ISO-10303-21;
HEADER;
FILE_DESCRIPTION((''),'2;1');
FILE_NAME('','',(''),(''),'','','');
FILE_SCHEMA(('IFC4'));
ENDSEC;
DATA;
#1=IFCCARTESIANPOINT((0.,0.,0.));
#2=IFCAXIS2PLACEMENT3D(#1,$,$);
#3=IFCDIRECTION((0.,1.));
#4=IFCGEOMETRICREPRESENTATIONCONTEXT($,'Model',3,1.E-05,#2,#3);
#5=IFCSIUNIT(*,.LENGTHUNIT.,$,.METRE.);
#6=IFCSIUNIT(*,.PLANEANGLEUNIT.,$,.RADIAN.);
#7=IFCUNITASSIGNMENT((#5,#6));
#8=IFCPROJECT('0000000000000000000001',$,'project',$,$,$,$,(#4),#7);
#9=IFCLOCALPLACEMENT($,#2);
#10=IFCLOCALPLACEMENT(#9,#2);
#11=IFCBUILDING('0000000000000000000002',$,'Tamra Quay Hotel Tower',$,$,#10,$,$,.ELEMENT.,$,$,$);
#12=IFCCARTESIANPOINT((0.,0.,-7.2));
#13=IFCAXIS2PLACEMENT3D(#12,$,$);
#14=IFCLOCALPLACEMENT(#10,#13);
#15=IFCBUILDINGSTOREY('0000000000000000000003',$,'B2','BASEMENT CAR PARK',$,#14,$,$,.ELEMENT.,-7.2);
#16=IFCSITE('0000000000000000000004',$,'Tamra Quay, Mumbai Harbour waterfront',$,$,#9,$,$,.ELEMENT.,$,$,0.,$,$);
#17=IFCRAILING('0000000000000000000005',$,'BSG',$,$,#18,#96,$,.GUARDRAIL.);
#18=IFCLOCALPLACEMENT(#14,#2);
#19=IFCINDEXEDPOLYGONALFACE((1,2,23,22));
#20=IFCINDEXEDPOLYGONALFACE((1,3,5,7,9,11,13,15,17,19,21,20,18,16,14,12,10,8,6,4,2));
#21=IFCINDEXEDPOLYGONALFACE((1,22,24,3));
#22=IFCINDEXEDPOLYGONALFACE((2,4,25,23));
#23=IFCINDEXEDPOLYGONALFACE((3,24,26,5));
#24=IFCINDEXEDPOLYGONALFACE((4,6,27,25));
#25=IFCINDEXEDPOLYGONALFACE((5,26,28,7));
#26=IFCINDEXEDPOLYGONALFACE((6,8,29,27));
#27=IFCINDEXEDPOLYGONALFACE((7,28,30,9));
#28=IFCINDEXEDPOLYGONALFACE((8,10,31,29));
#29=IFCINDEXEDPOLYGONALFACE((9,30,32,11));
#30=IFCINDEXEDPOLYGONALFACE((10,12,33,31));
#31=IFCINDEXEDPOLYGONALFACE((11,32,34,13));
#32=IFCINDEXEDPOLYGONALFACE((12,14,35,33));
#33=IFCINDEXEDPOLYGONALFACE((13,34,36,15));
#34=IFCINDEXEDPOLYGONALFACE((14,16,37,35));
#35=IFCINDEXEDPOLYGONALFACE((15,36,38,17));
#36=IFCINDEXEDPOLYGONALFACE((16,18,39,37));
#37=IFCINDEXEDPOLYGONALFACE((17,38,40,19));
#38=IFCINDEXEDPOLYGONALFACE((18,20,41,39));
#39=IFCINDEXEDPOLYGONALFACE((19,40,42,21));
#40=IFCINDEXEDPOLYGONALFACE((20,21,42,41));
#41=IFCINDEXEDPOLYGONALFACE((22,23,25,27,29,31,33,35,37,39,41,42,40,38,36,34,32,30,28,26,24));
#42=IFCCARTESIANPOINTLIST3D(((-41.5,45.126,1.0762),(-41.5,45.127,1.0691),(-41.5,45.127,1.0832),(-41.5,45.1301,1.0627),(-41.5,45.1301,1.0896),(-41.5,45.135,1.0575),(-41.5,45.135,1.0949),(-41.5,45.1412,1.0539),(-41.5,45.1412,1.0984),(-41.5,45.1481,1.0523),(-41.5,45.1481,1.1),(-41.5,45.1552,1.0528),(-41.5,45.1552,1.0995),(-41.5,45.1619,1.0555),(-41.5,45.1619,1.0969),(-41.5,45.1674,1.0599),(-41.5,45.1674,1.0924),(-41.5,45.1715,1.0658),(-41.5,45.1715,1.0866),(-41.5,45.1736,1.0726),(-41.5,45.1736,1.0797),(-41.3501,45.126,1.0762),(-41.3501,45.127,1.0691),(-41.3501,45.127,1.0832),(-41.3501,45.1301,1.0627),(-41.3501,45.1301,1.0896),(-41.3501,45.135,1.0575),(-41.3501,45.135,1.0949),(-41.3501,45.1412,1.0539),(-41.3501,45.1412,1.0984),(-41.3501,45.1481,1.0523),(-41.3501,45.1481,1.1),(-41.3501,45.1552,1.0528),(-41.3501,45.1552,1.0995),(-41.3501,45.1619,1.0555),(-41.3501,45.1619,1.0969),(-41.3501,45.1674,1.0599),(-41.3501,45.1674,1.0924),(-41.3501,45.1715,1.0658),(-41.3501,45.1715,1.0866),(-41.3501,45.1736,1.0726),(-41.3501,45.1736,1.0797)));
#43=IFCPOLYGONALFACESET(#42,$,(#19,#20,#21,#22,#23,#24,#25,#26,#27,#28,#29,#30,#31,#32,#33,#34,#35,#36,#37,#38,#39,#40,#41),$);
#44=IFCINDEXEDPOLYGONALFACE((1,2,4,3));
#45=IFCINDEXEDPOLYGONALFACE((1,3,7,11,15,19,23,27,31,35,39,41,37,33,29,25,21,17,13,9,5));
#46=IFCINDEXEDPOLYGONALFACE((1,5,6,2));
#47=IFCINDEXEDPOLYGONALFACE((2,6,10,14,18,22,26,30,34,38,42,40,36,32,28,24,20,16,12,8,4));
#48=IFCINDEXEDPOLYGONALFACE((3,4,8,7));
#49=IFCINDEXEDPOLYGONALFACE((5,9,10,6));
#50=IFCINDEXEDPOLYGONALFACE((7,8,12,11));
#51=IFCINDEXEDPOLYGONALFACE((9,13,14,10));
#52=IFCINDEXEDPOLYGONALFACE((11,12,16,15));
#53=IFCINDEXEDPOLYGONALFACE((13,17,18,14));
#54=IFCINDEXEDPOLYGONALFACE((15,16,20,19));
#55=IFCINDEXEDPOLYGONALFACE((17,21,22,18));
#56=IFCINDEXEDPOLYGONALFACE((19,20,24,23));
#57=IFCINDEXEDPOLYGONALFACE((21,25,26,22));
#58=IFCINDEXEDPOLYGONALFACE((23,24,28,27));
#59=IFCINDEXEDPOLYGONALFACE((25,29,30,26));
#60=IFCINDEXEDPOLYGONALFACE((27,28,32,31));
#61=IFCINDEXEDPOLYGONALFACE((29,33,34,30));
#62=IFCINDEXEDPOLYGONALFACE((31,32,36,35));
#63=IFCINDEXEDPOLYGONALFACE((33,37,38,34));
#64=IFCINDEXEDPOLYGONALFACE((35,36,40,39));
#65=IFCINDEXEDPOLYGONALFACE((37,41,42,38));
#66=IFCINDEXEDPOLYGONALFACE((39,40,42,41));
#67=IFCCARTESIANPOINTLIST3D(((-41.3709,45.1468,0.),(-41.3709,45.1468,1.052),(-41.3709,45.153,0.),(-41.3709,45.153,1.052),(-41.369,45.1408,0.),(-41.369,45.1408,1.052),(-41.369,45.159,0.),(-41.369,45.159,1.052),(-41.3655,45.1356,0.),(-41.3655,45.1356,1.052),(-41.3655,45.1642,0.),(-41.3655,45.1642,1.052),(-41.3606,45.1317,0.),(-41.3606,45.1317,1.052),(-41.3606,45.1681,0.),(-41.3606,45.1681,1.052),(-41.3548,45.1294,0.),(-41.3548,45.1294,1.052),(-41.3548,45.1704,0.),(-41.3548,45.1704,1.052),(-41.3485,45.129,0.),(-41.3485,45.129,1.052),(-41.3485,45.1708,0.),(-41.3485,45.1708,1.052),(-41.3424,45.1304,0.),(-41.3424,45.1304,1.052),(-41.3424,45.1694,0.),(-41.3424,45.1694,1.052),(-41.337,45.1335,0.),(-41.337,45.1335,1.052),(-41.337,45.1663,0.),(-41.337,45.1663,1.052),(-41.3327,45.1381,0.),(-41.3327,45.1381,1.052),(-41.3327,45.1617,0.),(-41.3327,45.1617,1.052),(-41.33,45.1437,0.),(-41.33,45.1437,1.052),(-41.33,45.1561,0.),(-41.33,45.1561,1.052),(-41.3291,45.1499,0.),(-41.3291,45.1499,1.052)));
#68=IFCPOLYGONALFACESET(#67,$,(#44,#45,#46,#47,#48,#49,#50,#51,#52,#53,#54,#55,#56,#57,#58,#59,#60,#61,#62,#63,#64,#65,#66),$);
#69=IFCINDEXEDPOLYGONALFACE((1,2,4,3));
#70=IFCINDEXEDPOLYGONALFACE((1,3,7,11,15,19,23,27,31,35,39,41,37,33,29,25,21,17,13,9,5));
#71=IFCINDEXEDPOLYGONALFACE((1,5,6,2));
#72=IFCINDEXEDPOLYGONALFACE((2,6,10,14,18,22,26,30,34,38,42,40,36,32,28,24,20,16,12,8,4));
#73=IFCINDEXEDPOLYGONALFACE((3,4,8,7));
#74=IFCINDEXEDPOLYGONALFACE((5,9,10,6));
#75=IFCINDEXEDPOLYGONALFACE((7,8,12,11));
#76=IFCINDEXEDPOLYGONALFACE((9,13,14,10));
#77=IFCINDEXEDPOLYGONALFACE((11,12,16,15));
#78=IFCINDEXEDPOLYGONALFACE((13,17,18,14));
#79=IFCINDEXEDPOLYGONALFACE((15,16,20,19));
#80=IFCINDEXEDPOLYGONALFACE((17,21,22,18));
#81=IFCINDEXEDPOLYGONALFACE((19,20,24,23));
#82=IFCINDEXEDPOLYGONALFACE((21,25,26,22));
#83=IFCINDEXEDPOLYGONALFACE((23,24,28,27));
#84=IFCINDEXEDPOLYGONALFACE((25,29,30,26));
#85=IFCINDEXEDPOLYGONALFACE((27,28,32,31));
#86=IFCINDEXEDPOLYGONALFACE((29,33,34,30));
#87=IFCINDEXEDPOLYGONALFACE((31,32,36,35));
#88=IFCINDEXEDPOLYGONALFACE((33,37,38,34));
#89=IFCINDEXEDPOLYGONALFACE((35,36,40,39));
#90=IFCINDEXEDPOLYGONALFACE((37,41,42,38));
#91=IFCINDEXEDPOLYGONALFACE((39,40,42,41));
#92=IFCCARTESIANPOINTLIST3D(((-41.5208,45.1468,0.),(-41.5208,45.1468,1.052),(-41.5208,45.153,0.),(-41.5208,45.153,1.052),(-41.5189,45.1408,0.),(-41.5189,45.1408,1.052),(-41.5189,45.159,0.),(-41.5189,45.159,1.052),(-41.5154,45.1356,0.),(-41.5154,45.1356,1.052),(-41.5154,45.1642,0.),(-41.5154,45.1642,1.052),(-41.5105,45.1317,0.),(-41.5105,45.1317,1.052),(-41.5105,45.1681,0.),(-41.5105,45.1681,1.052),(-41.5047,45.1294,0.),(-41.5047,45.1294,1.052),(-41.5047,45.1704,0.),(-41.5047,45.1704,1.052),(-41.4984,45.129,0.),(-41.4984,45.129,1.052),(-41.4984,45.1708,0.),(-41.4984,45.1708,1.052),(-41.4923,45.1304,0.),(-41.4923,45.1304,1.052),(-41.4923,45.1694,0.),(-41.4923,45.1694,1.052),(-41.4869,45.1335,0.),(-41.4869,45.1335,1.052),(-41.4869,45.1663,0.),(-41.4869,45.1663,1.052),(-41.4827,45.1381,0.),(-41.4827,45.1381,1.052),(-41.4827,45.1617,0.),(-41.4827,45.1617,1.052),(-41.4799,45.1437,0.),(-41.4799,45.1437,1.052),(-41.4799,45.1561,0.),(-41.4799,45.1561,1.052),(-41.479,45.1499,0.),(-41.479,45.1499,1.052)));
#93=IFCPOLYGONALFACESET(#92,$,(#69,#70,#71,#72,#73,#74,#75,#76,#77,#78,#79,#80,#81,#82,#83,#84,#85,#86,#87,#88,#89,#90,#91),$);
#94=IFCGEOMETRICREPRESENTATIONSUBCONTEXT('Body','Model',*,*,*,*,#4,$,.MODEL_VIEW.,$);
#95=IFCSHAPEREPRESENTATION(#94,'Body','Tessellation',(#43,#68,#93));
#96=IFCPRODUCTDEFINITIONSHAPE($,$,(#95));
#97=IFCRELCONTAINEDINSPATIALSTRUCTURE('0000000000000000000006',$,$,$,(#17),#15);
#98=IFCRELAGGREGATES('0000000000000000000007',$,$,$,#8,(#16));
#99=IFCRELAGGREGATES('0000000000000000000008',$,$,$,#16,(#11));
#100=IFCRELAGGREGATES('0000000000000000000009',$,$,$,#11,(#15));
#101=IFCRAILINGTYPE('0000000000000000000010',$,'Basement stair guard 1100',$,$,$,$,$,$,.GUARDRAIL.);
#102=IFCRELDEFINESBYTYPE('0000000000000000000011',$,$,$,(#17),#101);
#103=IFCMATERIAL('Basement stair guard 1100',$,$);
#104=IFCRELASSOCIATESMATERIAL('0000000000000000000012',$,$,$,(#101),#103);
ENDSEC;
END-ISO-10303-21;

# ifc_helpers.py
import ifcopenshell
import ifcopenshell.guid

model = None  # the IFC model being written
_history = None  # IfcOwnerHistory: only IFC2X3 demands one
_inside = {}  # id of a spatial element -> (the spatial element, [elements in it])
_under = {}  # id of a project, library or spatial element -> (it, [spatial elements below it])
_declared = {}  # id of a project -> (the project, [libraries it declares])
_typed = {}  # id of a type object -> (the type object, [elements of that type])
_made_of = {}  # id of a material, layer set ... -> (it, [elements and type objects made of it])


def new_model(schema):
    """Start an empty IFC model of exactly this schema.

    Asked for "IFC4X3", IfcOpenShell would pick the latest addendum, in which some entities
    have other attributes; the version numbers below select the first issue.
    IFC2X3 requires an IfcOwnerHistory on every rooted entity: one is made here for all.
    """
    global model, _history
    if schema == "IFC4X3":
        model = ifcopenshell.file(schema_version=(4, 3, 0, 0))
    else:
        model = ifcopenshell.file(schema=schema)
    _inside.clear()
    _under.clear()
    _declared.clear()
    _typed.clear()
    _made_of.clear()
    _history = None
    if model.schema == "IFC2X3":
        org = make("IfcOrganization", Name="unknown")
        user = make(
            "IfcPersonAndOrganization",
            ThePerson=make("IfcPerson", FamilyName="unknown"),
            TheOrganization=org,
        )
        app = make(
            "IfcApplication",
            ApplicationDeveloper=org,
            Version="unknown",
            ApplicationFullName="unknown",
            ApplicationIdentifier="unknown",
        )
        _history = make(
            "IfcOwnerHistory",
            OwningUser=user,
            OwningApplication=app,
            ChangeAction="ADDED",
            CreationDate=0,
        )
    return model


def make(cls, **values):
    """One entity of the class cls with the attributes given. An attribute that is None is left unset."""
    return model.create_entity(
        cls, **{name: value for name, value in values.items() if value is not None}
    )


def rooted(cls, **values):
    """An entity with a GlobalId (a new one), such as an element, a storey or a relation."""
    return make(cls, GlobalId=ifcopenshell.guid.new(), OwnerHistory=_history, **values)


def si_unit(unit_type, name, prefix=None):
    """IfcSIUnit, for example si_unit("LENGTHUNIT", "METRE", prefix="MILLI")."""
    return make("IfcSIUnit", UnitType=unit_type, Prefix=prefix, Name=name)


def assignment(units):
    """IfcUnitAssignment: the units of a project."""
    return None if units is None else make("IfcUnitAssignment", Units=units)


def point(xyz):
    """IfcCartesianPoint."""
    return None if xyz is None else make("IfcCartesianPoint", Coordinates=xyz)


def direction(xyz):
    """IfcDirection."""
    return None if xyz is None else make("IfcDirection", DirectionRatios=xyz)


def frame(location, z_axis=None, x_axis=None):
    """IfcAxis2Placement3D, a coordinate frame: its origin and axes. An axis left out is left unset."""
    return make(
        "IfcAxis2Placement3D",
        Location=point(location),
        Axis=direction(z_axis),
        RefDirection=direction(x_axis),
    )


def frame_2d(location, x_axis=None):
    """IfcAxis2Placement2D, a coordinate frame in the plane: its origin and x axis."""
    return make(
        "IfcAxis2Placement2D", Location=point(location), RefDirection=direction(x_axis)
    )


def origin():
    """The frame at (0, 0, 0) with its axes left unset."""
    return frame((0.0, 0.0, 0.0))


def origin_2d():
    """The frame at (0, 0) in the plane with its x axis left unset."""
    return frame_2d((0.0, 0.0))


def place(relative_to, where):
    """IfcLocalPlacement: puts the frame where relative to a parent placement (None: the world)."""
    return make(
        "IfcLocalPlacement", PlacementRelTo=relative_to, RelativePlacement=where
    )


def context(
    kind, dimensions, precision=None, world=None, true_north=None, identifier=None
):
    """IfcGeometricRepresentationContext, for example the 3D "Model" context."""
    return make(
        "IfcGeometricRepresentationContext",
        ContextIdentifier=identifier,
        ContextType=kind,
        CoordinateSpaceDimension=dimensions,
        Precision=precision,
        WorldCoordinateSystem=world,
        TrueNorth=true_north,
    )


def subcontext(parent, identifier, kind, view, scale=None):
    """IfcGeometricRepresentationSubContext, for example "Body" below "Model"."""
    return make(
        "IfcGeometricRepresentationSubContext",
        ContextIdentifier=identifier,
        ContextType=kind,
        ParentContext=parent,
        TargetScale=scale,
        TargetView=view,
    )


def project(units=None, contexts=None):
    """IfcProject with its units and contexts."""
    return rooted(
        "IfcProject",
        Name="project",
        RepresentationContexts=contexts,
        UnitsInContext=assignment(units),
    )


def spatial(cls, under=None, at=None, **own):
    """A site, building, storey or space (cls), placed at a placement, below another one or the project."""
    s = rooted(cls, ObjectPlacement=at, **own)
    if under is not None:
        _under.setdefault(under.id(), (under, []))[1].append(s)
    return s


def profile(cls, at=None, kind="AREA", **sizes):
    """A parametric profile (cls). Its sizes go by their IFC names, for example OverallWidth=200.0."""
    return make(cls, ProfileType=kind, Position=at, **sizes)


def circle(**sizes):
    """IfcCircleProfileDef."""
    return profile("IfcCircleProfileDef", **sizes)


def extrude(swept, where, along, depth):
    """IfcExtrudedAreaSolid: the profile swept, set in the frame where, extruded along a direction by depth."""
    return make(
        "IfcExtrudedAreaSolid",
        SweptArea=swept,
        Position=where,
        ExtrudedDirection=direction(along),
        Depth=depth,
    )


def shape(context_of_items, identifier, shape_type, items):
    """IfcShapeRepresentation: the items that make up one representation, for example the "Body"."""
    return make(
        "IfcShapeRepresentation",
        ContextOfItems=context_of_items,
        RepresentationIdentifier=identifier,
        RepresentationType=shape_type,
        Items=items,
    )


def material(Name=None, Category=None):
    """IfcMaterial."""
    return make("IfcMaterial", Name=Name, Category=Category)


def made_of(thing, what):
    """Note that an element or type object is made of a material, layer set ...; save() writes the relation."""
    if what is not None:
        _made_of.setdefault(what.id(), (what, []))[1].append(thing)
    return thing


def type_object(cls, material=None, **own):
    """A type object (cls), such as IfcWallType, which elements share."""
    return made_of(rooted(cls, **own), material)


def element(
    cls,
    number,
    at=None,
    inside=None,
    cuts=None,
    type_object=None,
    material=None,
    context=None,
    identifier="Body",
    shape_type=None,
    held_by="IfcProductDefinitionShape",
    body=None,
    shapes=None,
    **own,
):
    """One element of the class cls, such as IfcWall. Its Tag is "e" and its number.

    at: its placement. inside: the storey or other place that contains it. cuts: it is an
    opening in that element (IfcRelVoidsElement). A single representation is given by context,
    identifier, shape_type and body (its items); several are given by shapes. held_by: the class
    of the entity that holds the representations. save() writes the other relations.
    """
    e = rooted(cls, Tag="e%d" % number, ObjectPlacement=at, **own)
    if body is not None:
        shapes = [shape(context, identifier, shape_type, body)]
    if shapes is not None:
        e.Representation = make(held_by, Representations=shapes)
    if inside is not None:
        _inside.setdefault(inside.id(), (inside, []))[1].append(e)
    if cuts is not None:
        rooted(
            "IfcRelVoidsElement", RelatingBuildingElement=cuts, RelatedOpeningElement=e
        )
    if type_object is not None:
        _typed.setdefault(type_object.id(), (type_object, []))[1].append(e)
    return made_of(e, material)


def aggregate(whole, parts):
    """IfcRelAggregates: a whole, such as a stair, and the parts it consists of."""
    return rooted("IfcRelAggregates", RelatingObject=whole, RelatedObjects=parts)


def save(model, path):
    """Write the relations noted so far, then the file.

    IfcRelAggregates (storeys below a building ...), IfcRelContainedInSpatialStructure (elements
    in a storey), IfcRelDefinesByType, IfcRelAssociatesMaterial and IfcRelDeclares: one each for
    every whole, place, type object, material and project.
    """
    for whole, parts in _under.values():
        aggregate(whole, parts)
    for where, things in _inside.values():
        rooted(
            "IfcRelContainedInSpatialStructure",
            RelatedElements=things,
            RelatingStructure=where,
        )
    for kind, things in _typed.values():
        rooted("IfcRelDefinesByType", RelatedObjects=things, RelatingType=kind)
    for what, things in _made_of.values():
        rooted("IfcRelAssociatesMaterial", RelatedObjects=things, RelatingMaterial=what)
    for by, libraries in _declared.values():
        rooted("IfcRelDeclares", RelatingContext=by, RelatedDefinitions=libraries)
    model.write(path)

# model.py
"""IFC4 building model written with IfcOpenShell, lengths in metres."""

from ifc_helpers import new_model, si_unit, direction, frame, origin, origin_2d, place, context, subcontext, project, spatial, circle, extrude, material, type_object, element, save


model = new_model("IFC4")

# Units and contexts
model_context = context("Model", 3, precision=1e-05, world=origin(), true_north=direction((0.0, 1.0)))
body_context = subcontext(model_context, "Body", "Model", "MODEL_VIEW")
ifc_project = project(units=[si_unit("LENGTHUNIT", "METRE"), si_unit("PLANEANGLEUNIT", "RADIAN")], contexts=[model_context])

# Site, building, storey
site_placement = place(None, origin())
site = spatial("IfcSite", under=ifc_project, at=site_placement, Name="Tamra Quay, Mumbai Harbour waterfront", CompositionType="ELEMENT", RefElevation=0.0)
building_placement = place(site_placement, origin())
building = spatial("IfcBuilding", under=site, at=building_placement, Name="Tamra Quay Hotel Tower", CompositionType="ELEMENT")
storey_placement = place(building_placement, frame((0.0, 0.0, -7.2)))
storey = spatial("IfcBuildingStorey", under=building, at=storey_placement, Name="B2", Description="BASEMENT CAR PARK", CompositionType="ELEMENT", Elevation=-7.2)

# Railing
ifc_material_1 = material(Name="Basement stair guard 1100")
railing_type_1 = type_object("IfcRailingType", Name="Basement stair guard 1100", PredefinedType="GUARDRAIL", material=ifc_material_1)
railing_1_placement = place(storey_placement, frame((-41.3501, 45.1499, 0.0)))
element("IfcRailing", 1, at=railing_1_placement, inside=storey, type_object=railing_type_1, Name="BSG", PredefinedType="GUARDRAIL", context=body_context, shape_type="SweptSolid", body=[
    extrude(circle(Radius=0.0239, at=origin_2d()), frame((0.0, 0.0, 1.0762), z_axis=(-1.0, 0.0, 0.0), x_axis=(0.0, -1.0, 0.0)), (0.0, 0.0, 1.0), 0.1499),
    extrude(circle(Radius=0.021, at=origin_2d()), origin(), (0.0, 0.0, 1.0), 1.052),
    extrude(circle(Radius=0.021, at=origin_2d()), frame((-0.1499, 0.0, 0.0)), (0.0, 0.0, 1.0), 1.052),
])

save(model, "model.ifc")
